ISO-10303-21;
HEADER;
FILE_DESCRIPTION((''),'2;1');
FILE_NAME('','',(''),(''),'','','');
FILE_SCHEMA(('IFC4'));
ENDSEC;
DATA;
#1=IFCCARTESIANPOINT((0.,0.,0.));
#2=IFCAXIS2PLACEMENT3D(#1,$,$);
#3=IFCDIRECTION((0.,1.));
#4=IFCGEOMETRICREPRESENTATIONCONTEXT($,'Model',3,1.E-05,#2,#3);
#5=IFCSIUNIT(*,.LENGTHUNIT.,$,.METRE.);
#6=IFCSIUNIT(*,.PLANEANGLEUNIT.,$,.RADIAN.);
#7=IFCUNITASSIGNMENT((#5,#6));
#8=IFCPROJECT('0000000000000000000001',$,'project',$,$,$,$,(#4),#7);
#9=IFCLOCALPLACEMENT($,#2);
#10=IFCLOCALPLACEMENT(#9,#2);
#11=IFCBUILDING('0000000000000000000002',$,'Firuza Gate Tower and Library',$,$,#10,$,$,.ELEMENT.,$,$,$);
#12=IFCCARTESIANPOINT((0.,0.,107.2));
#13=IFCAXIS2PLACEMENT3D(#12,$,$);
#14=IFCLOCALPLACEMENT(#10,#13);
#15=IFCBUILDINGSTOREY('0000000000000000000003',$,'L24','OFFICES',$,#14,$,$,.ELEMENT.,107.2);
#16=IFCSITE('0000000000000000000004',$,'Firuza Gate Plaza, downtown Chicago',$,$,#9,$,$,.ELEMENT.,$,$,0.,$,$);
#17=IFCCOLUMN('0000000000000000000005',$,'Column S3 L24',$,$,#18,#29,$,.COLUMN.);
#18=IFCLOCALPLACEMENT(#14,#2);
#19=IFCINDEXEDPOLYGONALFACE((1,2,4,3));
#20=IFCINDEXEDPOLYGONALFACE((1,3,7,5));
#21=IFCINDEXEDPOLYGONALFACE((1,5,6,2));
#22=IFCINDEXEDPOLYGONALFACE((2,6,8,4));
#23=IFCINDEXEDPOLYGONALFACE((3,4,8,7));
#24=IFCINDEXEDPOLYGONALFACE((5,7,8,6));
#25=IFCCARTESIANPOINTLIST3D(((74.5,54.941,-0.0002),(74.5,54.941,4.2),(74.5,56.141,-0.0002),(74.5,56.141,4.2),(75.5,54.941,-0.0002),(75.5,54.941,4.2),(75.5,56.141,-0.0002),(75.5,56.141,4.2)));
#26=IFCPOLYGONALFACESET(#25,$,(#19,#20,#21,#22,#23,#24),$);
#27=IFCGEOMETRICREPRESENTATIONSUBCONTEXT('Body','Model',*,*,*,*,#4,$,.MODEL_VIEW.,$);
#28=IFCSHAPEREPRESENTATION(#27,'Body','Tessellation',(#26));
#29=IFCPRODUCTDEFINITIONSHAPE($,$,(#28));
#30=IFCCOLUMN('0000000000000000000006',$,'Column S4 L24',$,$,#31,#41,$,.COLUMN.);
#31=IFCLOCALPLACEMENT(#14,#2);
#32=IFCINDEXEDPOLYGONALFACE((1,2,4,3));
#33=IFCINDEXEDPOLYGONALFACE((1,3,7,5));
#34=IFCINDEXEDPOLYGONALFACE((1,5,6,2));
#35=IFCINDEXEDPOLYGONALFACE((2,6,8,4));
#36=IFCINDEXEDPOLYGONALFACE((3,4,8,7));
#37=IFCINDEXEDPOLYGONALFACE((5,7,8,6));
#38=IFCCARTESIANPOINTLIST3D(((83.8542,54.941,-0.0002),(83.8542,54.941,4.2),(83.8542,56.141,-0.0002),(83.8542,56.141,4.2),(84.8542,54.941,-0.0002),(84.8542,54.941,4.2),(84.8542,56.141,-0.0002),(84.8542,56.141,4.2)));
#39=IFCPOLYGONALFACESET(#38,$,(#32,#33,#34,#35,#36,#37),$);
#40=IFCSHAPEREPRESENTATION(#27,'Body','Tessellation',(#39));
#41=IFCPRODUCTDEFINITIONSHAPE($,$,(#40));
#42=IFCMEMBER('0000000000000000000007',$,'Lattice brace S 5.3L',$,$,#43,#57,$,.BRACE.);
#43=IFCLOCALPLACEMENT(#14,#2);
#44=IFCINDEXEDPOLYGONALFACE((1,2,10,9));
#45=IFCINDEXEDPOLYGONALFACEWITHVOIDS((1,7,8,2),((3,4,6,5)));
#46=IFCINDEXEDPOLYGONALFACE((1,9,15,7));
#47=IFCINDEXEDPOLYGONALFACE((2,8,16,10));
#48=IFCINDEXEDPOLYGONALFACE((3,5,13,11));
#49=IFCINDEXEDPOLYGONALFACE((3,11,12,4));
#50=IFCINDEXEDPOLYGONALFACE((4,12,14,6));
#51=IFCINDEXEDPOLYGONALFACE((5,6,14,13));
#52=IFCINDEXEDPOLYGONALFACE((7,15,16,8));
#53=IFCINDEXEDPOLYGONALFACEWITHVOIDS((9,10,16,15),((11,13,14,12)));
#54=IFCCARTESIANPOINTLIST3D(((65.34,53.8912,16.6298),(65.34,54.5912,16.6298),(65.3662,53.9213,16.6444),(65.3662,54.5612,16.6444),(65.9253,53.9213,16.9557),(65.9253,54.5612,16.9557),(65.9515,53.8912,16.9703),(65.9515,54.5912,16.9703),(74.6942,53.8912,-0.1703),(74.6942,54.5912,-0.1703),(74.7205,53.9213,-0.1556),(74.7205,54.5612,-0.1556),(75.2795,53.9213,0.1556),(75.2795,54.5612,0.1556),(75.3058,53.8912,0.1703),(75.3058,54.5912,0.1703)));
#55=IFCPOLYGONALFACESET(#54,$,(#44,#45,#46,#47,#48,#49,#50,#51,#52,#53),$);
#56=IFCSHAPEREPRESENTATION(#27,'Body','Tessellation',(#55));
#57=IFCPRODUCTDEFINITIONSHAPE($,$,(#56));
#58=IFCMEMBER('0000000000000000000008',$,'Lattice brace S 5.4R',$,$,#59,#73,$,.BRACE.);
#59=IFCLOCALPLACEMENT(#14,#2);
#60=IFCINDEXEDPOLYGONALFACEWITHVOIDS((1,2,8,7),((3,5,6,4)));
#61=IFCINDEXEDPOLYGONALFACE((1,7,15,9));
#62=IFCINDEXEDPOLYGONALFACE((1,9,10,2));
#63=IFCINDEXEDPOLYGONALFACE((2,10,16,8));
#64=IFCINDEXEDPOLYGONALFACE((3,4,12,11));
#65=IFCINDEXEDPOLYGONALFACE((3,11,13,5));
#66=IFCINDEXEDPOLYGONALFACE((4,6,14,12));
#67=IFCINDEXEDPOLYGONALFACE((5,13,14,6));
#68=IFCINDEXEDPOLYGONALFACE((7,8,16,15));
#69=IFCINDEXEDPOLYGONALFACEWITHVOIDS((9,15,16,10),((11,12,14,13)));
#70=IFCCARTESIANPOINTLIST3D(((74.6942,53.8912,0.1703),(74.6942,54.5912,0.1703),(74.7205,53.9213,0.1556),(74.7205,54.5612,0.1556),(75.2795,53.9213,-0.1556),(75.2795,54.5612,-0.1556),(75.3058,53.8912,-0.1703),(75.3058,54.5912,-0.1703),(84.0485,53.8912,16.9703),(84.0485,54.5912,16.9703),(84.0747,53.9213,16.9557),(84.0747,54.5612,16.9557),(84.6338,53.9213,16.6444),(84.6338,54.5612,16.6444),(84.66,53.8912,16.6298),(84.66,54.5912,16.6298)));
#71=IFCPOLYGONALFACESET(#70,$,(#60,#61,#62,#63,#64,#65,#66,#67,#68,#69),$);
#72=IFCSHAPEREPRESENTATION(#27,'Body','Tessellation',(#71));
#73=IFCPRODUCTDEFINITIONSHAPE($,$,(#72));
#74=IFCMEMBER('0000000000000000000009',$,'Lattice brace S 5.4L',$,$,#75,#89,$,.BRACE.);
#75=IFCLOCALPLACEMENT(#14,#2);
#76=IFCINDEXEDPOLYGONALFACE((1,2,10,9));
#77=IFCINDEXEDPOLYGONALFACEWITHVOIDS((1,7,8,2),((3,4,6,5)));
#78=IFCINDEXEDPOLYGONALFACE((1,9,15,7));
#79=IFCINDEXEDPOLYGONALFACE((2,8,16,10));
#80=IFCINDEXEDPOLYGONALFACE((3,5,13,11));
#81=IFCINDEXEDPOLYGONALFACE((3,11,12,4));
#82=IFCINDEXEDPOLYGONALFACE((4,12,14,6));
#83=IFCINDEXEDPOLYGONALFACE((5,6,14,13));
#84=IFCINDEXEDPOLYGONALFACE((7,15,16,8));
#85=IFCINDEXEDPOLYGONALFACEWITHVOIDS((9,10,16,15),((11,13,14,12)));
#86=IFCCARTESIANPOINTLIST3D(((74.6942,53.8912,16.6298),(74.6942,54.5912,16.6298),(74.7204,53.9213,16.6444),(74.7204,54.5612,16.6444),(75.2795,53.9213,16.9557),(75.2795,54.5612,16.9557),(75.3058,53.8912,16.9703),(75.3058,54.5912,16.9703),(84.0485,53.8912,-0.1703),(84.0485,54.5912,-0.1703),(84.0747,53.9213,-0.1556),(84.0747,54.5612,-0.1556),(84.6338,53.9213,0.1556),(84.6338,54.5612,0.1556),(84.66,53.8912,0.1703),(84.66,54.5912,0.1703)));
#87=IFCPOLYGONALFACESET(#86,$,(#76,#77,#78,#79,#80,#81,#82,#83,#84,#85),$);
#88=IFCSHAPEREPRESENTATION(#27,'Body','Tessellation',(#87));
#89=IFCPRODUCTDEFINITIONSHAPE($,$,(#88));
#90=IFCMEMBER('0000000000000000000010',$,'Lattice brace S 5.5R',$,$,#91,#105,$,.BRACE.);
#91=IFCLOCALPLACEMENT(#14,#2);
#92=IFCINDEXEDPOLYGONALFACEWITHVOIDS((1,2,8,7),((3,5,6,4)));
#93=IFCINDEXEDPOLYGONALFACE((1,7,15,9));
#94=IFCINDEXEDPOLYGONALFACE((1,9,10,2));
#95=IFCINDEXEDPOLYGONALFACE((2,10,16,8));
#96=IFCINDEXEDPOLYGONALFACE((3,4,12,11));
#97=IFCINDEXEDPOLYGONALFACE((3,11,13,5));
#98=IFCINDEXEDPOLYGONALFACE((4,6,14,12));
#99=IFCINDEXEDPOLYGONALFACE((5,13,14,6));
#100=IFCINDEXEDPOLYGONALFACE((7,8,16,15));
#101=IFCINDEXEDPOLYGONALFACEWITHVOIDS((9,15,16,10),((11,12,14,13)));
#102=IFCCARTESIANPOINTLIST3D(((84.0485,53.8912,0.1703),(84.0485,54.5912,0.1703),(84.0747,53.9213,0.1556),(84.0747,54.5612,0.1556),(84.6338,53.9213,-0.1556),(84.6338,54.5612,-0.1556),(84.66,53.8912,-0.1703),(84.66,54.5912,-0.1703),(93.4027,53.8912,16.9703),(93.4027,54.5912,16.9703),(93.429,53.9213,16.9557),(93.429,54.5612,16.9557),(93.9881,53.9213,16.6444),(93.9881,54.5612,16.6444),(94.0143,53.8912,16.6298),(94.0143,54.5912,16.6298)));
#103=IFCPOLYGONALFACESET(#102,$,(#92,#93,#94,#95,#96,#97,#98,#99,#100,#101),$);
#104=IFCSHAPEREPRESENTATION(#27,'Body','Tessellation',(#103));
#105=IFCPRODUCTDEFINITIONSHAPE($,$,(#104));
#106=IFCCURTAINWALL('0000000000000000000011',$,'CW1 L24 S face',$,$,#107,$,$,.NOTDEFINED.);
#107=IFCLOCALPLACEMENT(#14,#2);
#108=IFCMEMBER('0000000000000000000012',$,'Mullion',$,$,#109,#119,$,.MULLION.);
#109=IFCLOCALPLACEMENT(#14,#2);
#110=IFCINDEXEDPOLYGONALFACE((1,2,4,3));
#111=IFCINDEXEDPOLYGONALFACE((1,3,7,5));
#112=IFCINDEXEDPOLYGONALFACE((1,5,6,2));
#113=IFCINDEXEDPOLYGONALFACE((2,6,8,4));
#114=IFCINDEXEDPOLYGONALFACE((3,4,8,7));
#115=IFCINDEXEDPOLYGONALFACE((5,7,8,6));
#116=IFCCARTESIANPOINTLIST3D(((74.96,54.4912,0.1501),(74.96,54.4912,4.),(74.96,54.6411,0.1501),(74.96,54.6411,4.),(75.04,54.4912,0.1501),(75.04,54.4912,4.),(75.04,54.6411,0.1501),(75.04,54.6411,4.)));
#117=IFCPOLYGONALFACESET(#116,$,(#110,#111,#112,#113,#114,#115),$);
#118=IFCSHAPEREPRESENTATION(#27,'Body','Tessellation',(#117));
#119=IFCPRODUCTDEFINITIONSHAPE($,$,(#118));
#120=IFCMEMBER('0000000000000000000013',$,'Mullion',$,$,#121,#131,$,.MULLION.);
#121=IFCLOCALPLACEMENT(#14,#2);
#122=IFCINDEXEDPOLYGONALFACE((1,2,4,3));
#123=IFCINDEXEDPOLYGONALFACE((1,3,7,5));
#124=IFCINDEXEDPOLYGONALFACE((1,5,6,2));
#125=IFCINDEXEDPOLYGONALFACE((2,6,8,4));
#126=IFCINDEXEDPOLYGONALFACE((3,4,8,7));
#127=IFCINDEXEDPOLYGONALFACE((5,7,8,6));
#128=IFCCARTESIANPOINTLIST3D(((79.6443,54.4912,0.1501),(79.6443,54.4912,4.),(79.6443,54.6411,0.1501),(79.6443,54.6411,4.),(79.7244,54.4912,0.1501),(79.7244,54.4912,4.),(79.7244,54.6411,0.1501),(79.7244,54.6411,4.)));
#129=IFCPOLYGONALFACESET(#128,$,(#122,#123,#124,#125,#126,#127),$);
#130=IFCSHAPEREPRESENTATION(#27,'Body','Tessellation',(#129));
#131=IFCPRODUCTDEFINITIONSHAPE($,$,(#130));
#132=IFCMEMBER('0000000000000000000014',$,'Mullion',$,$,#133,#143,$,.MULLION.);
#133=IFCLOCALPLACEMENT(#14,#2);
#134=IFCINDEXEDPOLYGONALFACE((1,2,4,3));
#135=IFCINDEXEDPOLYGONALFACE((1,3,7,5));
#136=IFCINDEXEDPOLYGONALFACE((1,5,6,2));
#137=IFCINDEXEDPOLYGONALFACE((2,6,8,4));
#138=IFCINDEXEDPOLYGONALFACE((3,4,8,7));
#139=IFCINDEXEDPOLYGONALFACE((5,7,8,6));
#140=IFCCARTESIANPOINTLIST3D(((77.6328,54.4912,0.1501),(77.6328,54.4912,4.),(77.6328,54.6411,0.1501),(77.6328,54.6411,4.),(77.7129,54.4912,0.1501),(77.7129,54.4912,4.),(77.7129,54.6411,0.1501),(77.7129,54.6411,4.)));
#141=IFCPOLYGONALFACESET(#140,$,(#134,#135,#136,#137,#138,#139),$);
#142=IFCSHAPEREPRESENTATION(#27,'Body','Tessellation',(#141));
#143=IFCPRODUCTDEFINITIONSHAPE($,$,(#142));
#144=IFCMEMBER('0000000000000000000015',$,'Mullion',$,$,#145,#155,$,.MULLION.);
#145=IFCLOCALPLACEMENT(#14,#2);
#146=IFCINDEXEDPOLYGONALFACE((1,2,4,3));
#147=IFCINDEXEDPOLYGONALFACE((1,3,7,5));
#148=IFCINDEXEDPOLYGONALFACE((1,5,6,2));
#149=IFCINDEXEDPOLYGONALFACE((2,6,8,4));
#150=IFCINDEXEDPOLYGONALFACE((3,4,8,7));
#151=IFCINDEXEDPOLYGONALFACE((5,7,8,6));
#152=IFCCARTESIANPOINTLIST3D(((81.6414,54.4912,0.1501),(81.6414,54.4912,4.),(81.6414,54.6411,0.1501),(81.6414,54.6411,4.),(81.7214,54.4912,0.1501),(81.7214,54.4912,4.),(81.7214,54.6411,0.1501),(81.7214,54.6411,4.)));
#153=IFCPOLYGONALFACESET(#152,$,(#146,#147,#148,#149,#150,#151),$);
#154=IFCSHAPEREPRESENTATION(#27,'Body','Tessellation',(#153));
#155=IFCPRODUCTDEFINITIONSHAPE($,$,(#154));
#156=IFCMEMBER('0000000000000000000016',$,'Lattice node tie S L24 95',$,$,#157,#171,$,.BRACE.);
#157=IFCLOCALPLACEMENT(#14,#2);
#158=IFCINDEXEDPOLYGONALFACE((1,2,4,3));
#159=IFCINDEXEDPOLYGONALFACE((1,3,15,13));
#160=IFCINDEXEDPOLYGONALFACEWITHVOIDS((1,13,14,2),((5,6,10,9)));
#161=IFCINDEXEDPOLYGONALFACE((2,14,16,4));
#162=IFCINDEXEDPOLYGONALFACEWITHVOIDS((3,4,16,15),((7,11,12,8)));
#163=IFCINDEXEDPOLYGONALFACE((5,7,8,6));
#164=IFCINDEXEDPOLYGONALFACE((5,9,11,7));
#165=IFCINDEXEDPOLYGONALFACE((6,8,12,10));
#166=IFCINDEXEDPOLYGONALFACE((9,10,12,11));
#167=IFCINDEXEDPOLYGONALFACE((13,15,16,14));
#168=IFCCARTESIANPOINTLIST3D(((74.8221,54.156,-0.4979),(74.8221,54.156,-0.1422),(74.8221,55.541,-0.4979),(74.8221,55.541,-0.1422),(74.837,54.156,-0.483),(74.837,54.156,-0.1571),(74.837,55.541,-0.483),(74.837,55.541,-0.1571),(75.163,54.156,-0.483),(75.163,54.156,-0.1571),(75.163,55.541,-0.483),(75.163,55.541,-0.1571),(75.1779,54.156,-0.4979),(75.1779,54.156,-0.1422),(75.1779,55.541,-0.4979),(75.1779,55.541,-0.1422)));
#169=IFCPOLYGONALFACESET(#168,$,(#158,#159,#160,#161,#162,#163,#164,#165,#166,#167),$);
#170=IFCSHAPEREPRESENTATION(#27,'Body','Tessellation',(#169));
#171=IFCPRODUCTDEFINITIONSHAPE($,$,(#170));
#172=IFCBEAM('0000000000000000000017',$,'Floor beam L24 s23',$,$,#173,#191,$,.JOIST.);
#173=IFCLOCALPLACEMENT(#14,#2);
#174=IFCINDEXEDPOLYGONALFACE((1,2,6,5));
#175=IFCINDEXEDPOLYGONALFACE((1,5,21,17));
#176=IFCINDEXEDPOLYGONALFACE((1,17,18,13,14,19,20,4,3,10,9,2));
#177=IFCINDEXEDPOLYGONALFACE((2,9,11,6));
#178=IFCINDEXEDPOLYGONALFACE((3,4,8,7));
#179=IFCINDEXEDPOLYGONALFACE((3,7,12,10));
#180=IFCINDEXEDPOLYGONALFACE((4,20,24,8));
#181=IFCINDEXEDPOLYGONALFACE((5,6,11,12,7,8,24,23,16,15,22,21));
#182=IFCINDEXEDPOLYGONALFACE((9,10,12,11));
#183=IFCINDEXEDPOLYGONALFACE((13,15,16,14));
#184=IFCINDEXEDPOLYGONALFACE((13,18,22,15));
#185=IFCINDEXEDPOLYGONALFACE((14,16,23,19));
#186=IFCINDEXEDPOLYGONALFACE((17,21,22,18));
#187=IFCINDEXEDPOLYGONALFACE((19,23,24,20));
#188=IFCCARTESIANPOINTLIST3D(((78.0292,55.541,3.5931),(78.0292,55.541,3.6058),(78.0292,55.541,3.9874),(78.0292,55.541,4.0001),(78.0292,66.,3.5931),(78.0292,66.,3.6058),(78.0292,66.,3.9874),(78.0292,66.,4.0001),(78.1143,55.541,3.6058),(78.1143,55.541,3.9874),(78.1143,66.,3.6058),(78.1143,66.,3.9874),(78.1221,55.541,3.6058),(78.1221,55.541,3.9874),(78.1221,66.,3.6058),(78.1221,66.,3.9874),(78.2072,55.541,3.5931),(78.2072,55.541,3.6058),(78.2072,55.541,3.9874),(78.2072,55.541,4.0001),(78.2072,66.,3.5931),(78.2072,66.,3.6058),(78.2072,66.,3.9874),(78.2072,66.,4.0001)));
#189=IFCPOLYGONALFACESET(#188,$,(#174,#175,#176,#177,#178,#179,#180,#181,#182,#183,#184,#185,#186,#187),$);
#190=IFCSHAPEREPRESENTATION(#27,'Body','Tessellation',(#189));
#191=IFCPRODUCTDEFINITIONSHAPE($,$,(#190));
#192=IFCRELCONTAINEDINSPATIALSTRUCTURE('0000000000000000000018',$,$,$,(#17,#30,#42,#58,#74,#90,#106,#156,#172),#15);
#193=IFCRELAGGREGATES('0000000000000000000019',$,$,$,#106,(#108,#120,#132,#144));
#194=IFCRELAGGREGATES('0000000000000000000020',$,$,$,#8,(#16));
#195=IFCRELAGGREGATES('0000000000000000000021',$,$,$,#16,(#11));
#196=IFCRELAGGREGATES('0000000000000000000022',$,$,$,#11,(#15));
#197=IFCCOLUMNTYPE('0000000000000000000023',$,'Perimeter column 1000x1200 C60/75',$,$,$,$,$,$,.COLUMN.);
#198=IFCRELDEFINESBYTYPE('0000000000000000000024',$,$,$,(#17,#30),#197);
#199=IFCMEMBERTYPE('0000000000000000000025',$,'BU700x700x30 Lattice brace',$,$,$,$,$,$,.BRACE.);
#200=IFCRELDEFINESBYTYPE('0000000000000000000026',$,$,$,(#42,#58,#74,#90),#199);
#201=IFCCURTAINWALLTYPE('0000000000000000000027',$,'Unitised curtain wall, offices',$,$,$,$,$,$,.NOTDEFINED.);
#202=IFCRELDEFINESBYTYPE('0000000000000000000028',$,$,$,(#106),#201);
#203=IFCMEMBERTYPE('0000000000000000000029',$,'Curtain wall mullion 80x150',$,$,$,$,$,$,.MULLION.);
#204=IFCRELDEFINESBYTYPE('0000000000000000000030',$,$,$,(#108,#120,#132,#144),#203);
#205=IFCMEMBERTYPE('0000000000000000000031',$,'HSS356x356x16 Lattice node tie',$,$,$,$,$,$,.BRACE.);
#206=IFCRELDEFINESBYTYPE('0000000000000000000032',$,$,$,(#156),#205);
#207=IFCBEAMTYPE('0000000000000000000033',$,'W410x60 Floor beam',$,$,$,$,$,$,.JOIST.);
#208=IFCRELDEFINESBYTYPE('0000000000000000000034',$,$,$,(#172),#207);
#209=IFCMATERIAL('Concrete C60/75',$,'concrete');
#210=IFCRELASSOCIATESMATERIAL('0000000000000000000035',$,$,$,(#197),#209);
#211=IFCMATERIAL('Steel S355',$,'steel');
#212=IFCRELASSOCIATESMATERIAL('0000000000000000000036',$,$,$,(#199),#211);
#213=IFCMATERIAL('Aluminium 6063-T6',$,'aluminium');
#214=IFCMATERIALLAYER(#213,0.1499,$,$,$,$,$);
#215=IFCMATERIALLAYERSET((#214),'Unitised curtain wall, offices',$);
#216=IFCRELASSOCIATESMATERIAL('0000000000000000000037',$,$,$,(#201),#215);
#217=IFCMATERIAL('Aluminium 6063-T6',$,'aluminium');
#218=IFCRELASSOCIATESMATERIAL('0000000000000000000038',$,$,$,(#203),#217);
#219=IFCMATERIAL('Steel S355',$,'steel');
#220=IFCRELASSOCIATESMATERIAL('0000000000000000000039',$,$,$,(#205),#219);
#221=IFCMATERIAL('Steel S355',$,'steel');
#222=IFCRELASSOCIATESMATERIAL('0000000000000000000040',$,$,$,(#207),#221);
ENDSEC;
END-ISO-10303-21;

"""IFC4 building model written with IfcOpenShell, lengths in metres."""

from ifc_helpers import new_model, si_unit, direction, frame, origin, origin_2d, place, context, subcontext, project, spatial, rectangle, hollow_rectangle, i_section, extrude, material, layer, layer_set, material_profile, profile_set, type_object, element, aggregate, save


model = new_model("IFC4")

# Units and contexts
model_context = context("Model", 3, precision=1e-05, world=origin(), true_north=direction((0.0, 1.0)))
body_context = subcontext(model_context, "Body", "Model", "MODEL_VIEW")
ifc_project = project(units=[si_unit("LENGTHUNIT", "METRE"), si_unit("PLANEANGLEUNIT", "RADIAN")], contexts=[model_context])

# Site, building, storey
site_placement = place(None, origin())
site = spatial("IfcSite", under=ifc_project, at=site_placement, Name="Firuza Gate Plaza, downtown Chicago", CompositionType="ELEMENT", RefElevation=0.0)
building_placement = place(site_placement, origin())
building = spatial("IfcBuilding", under=site, at=building_placement, Name="Firuza Gate Tower and Library", CompositionType="ELEMENT")
storey_placement = place(building_placement, frame((0.0, 0.0, 107.2)))
storey = spatial("IfcBuildingStorey", under=building, at=storey_placement, Name="L24", Description="OFFICES", CompositionType="ELEMENT", Elevation=107.2)

# Columns
ifc_material_1 = material(Name="Concrete C60/75", Category="concrete")
ifc_material_profile_1 = material_profile(ifc_material_1, rectangle(XDim=1.0, YDim=1.2, at=origin_2d()))
ifc_profile_set_1 = profile_set([ifc_material_profile_1], Name="Concrete C60/75")
column_type = type_object("IfcColumnType", Name="Perimeter column 1000x1200 C60/75", PredefinedType="COLUMN", material=ifc_profile_set_1)
for number, where, z_axis, x_axis, name in (
    (1, (75.0, 55.541, -0.0002), (0.0, 0.0, 1.0), (1.0, 0.0, 0.0), "Column S3 L24"),
    (2, (84.3542, 55.541, -0.0002), (0.0, 0.0, 1.0), (1.0, 0.0, 0.0), "Column S4 L24"),
):
    element("IfcColumn", number, at=place(storey_placement, frame(where, z_axis=z_axis, x_axis=x_axis)), inside=storey, type_object=column_type, Name=name, PredefinedType="COLUMN", context=body_context, shape_type="SweptSolid", body=[
        extrude(rectangle(XDim=1.0, YDim=1.2, at=origin_2d()), origin(), (0.0, 0.0, 1.0), 4.2002),
    ])

# Members
ifc_material_2 = material(Name="Steel S355", Category="steel")
ifc_material_profile_2 = material_profile(ifc_material_2, hollow_rectangle(XDim=0.7, YDim=0.7, WallThickness=0.03, at=origin_2d()))
ifc_profile_set_2 = profile_set([ifc_material_profile_2], Name="Steel S355")
member_type_1 = type_object("IfcMemberType", Name="BU700x700x30 Lattice brace", PredefinedType="BRACE", material=ifc_profile_set_2)
for number, where, z_axis, x_axis, name in (
    (3, (75.0, 54.2412, 0.0), (-0.486473, 0.0, 0.873696), (0.0, -1.0, 0.0), "Lattice brace S 5.3L"),
    (4, (75.0, 54.2412, 0.0), (0.486473, 0.0, 0.873696), (0.0, 1.0, 0.0), "Lattice brace S 5.4R"),
    (5, (84.3542, 54.2412, 0.0), (-0.486473, 0.0, 0.873696), (0.0, -1.0, 0.0), "Lattice brace S 5.4L"),
    (6, (84.3542, 54.2412, 0.0), (0.486473, 0.0, 0.873696), (0.0, 1.0, 0.0), "Lattice brace S 5.5R"),
):
    element("IfcMember", number, at=place(storey_placement, frame(where, z_axis=z_axis, x_axis=x_axis)), inside=storey, type_object=member_type_1, Name=name, PredefinedType="BRACE", context=body_context, shape_type="SweptSolid", body=[
        extrude(hollow_rectangle(XDim=0.7, YDim=0.7, WallThickness=0.03, at=origin_2d()), origin(), (0.0, 0.0, 1.0), 19.2288),
    ])

# Curtain wall, members
ifc_material_3 = material(Name="Aluminium 6063-T6", Category="aluminium")
ifc_layer_1 = layer(ifc_material_3, 0.1499)
ifc_layer_set_1 = layer_set([ifc_layer_1], Name="Unitised curtain wall, offices")
curtain_wall_type = type_object("IfcCurtainWallType", Name="Unitised curtain wall, offices", PredefinedType="NOTDEFINED", material=ifc_layer_set_1)
curtain_wall_placement = place(storey_placement, origin())
curtain_wall = element("IfcCurtainWall", 7, at=curtain_wall_placement, inside=storey, type_object=curtain_wall_type, Name="CW1 L24 S face", PredefinedType="NOTDEFINED")
ifc_material_4 = material(Name="Aluminium 6063-T6", Category="aluminium")
ifc_material_profile_3 = material_profile(ifc_material_4, rectangle(XDim=0.1499, YDim=0.0801, at=origin_2d()))
ifc_profile_set_3 = profile_set([ifc_material_profile_3], Name="Aluminium 6063-T6")
member_type_2 = type_object("IfcMemberType", Name="Curtain wall mullion 80x150", PredefinedType="MULLION", material=ifc_profile_set_3)
member_1_placement = place(storey_placement, frame((75.0, 54.5662, 0.1501), z_axis=(0.0, 0.0, 1.0), x_axis=(0.0, 1.0, 0.0)))
member_1 = element("IfcMember", 8, at=member_1_placement, type_object=member_type_2, Name="Mullion", PredefinedType="MULLION", context=body_context, shape_type="SweptSolid", body=[
    extrude(rectangle(XDim=0.1499, YDim=0.0801, at=origin_2d()), origin(), (0.0, 0.0, 1.0), 3.8499),
])
member_2_placement = place(storey_placement, frame((79.6843, 54.5662, 0.1501), z_axis=(0.0, 0.0, 1.0), x_axis=(0.0, 1.0, 0.0)))
member_2 = element("IfcMember", 9, at=member_2_placement, type_object=member_type_2, Name="Mullion", PredefinedType="MULLION", context=body_context, shape_type="SweptSolid", body=[
    extrude(rectangle(XDim=0.1499, YDim=0.0801, at=origin_2d()), origin(), (0.0, 0.0, 1.0), 3.8499),
])
member_3_placement = place(storey_placement, frame((77.6729, 54.5662, 0.1501), z_axis=(0.0, 0.0, 1.0), x_axis=(0.0, 1.0, 0.0)))
member_3 = element("IfcMember", 10, at=member_3_placement, type_object=member_type_2, Name="Mullion", PredefinedType="MULLION", context=body_context, shape_type="SweptSolid", body=[
    extrude(rectangle(XDim=0.1499, YDim=0.0801, at=origin_2d()), origin(), (0.0, 0.0, 1.0), 3.8499),
])
member_4_placement = place(storey_placement, frame((81.6814, 54.5662, 0.1501), z_axis=(0.0, 0.0, 1.0), x_axis=(0.0, 1.0, 0.0)))
member_4 = element("IfcMember", 11, at=member_4_placement, type_object=member_type_2, Name="Mullion", PredefinedType="MULLION", context=body_context, shape_type="SweptSolid", body=[
    extrude(rectangle(XDim=0.1499, YDim=0.0801, at=origin_2d()), origin(), (0.0, 0.0, 1.0), 3.8499),
])

# Member
ifc_material_5 = material(Name="Steel S355", Category="steel")
ifc_material_profile_4 = material_profile(ifc_material_5, hollow_rectangle(XDim=0.3557, YDim=0.3557, WallThickness=0.0149, at=origin_2d()))
ifc_profile_set_4 = profile_set([ifc_material_profile_4], Name="Steel S355")
member_type_3 = type_object("IfcMemberType", Name="HSS356x356x16 Lattice node tie", PredefinedType="BRACE", material=ifc_profile_set_4)
member_5_placement = place(storey_placement, frame((75.0, 55.541, -0.3201), z_axis=(0.0, -1.0, 0.0), x_axis=(1.0, 0.0, 0.0)))
element("IfcMember", 12, at=member_5_placement, inside=storey, type_object=member_type_3, Name="Lattice node tie S L24 95", PredefinedType="BRACE", context=body_context, shape_type="SweptSolid", body=[
    extrude(hollow_rectangle(XDim=0.3557, YDim=0.3557, WallThickness=0.0149, at=origin_2d()), origin(), (0.0, 0.0, 1.0), 1.385),
])

# Beam
ifc_material_6 = material(Name="Steel S355", Category="steel")
ifc_material_profile_5 = material_profile(ifc_material_6, i_section(OverallWidth=0.178, OverallDepth=0.407, WebThickness=0.0078, FlangeThickness=0.0127, at=origin_2d()))
ifc_profile_set_5 = profile_set([ifc_material_profile_5], Name="Steel S355")
beam_type_1 = type_object("IfcBeamType", Name="W410x60 Floor beam", PredefinedType="JOIST", material=ifc_profile_set_5)
for number, where, z_axis, x_axis, name in (
    (13, (78.1182, 55.541, 3.7966), (0.0, 1.0, 0.0), (-1.0, 0.0, 0.0), "Floor beam L24 s23"),
):
    element("IfcBeam", number, at=place(storey_placement, frame(where, z_axis=z_axis, x_axis=x_axis)), inside=storey, type_object=beam_type_1, Name=name, PredefinedType="JOIST", context=body_context, shape_type="SweptSolid", body=[
        extrude(i_section(OverallWidth=0.178, OverallDepth=0.407, WebThickness=0.0078, FlangeThickness=0.0127, at=origin_2d()), origin(), (0.0, 0.0, 1.0), 10.459),
    ])

aggregate(curtain_wall, [member_1, member_2, member_3, member_4])

save(model, "model.ifc")
